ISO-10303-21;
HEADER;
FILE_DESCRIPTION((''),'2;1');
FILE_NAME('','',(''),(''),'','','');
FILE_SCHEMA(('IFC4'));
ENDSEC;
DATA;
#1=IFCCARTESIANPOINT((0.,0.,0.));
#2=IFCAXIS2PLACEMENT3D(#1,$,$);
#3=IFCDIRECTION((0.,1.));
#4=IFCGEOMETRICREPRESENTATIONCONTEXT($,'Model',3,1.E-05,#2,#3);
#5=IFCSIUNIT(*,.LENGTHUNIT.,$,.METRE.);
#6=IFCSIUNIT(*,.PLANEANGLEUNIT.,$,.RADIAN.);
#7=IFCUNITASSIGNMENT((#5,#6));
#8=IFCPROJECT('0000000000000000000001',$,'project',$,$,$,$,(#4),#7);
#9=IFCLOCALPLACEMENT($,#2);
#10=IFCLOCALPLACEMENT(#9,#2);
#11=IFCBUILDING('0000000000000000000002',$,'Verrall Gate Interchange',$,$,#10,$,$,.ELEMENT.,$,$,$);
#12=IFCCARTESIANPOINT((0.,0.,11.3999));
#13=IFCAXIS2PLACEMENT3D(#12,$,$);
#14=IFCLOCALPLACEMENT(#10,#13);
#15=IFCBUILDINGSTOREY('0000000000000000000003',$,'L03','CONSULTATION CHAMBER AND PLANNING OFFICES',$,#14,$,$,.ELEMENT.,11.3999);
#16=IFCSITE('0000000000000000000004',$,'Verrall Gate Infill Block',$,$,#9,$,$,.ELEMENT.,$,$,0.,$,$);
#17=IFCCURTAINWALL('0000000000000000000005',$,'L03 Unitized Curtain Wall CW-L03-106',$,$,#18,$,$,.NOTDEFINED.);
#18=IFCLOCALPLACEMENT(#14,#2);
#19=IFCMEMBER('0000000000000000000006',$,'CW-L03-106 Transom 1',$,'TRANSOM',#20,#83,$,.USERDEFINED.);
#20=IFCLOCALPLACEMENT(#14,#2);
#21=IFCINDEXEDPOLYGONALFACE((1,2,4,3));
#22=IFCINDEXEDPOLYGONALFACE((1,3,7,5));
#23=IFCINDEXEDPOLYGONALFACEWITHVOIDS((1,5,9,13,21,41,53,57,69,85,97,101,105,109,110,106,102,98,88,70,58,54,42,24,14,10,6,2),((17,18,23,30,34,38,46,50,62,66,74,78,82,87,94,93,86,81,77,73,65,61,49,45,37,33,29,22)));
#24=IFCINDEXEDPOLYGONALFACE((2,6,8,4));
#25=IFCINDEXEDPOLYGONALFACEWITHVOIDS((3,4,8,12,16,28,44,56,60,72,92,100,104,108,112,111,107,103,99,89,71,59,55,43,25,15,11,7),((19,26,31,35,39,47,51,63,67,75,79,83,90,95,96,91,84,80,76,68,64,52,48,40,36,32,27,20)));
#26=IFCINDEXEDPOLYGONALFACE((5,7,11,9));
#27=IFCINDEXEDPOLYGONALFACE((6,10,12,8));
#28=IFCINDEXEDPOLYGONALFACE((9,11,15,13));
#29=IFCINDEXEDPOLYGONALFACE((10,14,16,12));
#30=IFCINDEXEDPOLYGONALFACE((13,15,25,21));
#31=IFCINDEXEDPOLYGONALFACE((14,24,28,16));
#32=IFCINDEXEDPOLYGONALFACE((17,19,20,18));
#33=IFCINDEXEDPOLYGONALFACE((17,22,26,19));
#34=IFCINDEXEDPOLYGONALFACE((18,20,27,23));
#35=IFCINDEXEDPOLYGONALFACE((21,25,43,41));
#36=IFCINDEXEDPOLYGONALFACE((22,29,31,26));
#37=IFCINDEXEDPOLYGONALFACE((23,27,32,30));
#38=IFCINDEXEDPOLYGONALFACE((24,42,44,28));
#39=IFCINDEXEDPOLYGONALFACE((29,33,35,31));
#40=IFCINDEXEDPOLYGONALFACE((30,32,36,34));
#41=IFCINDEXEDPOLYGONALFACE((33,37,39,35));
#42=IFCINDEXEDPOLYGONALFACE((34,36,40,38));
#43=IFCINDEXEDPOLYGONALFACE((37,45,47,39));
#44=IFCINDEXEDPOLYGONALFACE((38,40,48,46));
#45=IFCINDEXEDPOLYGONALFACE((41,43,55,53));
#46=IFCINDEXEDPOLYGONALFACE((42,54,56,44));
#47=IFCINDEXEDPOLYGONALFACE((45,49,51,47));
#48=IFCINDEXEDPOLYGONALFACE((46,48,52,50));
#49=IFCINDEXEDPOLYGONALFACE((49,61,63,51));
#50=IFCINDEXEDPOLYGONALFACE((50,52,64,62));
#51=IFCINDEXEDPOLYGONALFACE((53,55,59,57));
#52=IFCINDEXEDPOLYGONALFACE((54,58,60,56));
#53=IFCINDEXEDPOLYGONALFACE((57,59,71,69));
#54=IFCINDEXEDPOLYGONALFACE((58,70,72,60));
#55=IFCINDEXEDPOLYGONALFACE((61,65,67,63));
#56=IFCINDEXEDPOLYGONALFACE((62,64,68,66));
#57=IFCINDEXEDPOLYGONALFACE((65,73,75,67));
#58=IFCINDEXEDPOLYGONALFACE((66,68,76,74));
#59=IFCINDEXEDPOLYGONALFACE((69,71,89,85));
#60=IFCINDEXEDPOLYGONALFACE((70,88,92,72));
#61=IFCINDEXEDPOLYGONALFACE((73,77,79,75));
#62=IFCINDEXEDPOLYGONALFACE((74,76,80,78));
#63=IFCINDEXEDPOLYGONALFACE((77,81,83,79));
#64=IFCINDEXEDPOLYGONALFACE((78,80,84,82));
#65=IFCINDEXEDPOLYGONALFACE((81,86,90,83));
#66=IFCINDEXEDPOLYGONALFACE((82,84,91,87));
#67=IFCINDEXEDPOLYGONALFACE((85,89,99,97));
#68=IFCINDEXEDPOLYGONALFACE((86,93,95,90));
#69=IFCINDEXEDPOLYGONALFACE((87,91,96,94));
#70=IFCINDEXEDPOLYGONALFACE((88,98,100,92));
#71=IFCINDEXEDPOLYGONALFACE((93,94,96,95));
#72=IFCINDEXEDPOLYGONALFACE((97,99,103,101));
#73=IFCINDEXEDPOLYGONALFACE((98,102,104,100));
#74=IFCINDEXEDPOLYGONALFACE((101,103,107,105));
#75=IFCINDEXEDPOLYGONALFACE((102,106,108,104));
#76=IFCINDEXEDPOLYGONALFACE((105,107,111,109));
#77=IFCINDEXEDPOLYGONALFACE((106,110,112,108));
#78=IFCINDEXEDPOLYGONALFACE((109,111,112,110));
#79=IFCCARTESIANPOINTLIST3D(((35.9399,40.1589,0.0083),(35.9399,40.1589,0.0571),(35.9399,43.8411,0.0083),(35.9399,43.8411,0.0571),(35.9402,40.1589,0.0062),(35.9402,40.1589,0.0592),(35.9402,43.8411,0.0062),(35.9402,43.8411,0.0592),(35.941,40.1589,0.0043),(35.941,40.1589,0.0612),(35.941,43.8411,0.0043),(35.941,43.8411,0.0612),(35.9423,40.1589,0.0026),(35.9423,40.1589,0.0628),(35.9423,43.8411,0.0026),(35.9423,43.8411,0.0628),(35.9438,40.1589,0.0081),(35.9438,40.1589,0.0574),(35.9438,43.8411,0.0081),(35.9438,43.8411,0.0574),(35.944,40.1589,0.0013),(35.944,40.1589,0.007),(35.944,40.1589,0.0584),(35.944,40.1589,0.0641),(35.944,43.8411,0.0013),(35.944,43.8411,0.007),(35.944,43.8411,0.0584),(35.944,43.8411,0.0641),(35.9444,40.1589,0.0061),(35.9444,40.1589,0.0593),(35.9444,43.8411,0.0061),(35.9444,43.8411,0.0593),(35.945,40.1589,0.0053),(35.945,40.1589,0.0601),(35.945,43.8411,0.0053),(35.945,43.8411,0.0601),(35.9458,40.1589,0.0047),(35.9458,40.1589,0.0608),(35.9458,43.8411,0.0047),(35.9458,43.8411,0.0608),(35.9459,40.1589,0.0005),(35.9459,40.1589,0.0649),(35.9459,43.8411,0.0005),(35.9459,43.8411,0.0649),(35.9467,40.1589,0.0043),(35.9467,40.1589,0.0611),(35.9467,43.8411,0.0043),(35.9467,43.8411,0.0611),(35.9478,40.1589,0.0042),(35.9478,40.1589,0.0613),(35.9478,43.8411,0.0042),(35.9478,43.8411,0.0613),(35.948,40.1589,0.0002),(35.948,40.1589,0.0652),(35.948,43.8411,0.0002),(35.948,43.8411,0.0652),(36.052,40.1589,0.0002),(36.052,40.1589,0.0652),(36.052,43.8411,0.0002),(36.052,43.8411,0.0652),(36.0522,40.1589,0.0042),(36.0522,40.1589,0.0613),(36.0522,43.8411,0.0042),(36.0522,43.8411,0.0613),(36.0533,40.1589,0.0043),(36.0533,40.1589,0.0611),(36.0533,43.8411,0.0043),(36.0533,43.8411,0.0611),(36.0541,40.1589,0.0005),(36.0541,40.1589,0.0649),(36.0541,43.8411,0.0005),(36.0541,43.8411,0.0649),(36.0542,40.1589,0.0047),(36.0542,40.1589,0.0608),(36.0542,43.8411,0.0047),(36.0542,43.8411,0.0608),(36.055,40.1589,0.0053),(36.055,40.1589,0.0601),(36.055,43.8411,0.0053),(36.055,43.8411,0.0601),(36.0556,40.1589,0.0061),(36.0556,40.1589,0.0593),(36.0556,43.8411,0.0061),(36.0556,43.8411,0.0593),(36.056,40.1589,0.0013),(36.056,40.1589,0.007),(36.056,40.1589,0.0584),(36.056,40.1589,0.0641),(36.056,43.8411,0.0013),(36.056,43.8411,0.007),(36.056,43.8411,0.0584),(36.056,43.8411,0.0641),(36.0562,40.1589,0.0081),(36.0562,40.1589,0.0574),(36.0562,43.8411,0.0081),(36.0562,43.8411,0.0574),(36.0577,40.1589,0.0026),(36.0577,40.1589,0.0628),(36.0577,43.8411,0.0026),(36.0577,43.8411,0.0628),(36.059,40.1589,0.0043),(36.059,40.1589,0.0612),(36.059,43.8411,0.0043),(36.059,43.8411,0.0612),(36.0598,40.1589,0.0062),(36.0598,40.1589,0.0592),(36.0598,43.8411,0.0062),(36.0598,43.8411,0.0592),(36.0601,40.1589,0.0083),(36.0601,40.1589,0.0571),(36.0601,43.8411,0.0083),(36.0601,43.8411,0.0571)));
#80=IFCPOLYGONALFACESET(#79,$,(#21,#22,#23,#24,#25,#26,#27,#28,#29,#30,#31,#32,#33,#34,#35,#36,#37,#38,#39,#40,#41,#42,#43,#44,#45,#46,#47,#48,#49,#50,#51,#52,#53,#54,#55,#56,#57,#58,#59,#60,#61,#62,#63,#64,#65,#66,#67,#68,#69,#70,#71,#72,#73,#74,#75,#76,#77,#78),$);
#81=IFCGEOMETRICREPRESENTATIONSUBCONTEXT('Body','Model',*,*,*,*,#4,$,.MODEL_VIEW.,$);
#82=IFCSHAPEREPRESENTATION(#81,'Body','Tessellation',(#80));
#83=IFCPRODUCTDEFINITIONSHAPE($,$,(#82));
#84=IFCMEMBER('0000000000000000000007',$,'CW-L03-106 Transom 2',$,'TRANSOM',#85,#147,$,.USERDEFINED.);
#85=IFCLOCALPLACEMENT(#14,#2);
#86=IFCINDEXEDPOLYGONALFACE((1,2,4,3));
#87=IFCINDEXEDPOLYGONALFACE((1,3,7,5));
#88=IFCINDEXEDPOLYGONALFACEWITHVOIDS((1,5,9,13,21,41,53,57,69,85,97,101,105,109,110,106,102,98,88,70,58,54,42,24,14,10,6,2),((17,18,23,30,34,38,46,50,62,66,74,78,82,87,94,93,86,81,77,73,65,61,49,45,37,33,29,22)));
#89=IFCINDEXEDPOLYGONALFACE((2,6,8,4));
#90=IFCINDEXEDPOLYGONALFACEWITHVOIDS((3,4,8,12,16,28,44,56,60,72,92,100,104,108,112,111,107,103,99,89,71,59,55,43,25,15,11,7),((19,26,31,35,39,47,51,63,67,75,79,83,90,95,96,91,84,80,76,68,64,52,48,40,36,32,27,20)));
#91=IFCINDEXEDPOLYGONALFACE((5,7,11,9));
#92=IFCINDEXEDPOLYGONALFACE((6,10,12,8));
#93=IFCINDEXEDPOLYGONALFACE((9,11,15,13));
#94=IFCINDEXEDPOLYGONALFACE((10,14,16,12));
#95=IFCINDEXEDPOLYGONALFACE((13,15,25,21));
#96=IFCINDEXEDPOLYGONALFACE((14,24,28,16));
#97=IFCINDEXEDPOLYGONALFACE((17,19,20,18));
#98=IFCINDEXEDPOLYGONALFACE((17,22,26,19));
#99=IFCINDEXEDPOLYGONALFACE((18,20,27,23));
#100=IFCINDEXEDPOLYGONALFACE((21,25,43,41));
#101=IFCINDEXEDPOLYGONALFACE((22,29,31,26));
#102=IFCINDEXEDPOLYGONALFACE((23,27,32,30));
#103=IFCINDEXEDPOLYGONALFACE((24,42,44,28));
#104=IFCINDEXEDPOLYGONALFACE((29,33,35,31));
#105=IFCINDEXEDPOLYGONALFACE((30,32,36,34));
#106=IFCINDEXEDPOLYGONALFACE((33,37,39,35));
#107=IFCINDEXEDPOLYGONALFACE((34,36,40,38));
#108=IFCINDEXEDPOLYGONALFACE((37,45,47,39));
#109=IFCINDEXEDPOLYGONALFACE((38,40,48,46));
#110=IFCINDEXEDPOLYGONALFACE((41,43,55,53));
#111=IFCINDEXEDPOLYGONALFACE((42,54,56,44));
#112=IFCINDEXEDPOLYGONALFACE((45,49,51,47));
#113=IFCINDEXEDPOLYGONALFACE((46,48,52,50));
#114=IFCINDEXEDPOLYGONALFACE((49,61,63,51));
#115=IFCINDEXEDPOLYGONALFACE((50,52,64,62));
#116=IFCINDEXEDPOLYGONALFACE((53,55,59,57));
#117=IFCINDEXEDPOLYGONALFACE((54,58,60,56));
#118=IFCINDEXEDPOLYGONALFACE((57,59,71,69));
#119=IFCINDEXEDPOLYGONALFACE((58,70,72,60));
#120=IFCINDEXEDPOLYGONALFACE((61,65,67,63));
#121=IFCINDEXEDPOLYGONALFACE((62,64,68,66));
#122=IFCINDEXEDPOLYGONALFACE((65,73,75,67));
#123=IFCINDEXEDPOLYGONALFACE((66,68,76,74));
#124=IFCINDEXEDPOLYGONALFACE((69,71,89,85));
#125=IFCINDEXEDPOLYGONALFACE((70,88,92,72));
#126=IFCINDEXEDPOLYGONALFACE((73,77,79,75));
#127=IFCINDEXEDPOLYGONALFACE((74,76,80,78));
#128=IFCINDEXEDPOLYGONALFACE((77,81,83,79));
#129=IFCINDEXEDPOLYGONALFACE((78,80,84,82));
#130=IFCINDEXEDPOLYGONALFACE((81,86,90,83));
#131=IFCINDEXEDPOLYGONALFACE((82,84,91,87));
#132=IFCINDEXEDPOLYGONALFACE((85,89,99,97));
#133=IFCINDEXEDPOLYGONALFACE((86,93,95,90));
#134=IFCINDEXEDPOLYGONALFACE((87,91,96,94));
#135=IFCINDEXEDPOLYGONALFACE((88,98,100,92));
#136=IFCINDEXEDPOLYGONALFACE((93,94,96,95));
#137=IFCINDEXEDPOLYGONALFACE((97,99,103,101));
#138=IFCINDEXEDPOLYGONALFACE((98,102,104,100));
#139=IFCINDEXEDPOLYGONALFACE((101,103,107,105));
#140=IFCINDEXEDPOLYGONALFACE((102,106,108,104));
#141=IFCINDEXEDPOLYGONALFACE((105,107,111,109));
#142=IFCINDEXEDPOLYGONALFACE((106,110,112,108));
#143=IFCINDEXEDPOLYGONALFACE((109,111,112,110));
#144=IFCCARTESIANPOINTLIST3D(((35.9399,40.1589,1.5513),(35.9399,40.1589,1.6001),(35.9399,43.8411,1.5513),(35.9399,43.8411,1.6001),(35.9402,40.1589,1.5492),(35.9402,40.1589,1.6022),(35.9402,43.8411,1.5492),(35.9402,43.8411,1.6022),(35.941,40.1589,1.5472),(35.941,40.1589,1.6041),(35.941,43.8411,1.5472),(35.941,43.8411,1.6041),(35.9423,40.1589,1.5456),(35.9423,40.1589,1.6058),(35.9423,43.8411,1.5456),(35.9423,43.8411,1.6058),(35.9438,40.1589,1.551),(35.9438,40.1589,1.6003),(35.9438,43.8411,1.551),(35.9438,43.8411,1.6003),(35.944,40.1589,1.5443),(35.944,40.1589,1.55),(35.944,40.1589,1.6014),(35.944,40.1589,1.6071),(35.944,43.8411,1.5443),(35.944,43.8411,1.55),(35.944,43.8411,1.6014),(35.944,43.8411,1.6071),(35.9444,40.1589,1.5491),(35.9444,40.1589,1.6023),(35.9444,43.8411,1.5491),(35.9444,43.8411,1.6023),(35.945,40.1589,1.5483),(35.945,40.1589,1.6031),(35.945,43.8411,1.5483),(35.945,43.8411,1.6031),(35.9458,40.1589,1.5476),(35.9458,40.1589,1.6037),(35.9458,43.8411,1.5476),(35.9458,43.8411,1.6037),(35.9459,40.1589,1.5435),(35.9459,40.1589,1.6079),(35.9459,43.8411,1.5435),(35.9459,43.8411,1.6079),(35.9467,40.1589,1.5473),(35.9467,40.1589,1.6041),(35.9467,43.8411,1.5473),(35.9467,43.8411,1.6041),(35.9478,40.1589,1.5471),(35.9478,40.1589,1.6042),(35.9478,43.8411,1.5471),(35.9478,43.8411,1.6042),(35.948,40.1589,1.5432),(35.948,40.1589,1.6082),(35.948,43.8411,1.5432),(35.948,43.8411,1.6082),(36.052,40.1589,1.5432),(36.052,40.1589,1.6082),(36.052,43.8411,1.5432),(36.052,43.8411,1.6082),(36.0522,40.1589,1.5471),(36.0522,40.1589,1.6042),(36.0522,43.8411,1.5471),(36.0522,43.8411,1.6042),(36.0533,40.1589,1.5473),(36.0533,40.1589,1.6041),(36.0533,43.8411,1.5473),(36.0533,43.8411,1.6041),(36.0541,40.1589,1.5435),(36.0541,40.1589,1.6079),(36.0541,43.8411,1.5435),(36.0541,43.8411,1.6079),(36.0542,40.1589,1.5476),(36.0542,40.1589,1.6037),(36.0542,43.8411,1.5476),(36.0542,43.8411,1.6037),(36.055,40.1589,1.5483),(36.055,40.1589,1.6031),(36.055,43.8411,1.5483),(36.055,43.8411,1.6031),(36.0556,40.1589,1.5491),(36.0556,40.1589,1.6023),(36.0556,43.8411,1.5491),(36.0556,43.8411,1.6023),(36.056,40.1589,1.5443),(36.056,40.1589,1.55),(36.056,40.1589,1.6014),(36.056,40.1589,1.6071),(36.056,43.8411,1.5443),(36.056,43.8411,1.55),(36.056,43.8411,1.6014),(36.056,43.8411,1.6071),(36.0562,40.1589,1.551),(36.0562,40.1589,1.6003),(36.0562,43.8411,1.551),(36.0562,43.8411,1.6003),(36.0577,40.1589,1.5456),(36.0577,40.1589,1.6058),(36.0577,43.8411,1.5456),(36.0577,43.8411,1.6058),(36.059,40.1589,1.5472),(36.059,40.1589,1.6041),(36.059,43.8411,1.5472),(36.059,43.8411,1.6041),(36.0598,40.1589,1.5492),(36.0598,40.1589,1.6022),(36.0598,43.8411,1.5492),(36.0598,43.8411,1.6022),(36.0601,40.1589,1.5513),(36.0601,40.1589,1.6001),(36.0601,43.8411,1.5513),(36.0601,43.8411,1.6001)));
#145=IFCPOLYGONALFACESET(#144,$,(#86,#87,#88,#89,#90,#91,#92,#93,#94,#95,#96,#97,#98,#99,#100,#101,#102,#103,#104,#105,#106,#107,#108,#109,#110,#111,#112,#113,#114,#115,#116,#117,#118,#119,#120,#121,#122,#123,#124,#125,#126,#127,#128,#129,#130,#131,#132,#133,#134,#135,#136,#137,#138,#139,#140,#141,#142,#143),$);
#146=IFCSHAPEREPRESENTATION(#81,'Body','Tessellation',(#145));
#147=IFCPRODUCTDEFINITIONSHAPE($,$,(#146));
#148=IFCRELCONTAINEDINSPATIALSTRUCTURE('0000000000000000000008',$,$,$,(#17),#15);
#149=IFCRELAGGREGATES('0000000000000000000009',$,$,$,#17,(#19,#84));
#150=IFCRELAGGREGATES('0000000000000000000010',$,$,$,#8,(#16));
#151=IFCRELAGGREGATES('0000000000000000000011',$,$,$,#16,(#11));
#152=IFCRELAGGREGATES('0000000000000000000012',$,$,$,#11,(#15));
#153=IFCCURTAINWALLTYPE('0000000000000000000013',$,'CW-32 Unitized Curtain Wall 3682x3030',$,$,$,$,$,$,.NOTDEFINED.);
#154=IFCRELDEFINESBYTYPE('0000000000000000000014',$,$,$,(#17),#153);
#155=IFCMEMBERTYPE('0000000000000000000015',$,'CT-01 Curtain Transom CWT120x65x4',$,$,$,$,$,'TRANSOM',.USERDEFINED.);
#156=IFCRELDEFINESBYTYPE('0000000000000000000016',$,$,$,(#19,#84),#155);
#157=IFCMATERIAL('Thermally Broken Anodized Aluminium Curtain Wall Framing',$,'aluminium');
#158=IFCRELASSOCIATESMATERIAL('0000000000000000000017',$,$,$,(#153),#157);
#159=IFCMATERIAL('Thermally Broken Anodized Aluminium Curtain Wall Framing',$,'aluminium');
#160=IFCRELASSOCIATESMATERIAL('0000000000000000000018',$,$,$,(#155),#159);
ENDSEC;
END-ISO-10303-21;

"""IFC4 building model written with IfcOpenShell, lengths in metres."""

from ifc_helpers import new_model, si_unit, direction, frame, origin, origin_2d, place, context, subcontext, project, spatial, hollow_rectangle, extrude, material, material_profile, profile_set, type_object, element, aggregate, save


model = new_model("IFC4")

# Units and contexts
model_context = context("Model", 3, precision=1e-05, world=origin(), true_north=direction((0.0, 1.0)))
body_context = subcontext(model_context, "Body", "Model", "MODEL_VIEW")
ifc_project = project(units=[si_unit("LENGTHUNIT", "METRE"), si_unit("PLANEANGLEUNIT", "RADIAN")], contexts=[model_context])

# Site, building, storey
site_placement = place(None, origin())
site = spatial("IfcSite", under=ifc_project, at=site_placement, Name="Verrall Gate Infill Block", CompositionType="ELEMENT", RefElevation=0.0)
building_placement = place(site_placement, origin())
building = spatial("IfcBuilding", under=site, at=building_placement, Name="Verrall Gate Interchange", CompositionType="ELEMENT")
storey_placement = place(building_placement, frame((0.0, 0.0, 11.3999)))
storey = spatial("IfcBuildingStorey", under=building, at=storey_placement, Name="L03", Description="CONSULTATION CHAMBER AND PLANNING OFFICES", CompositionType="ELEMENT", Elevation=11.3999)

# Curtain wall, members
ifc_material_1 = material(Name="Thermally Broken Anodized Aluminium Curtain Wall Framing", Category="aluminium")
curtain_wall_type = type_object("IfcCurtainWallType", Name="CW-32 Unitized Curtain Wall 3682x3030", PredefinedType="NOTDEFINED", material=ifc_material_1)
curtain_wall_placement = place(storey_placement, origin())
curtain_wall = element("IfcCurtainWall", 1, at=curtain_wall_placement, inside=storey, type_object=curtain_wall_type, Name="L03 Unitized Curtain Wall CW-L03-106", PredefinedType="NOTDEFINED")
ifc_material_2 = material(Name="Thermally Broken Anodized Aluminium Curtain Wall Framing", Category="aluminium")
ifc_material_profile_1 = material_profile(ifc_material_2, hollow_rectangle(XDim=0.1201, YDim=0.0649, WallThickness=0.0039, InnerFilletRadius=0.0039, OuterFilletRadius=0.0081, at=origin_2d()), Name="CWT120x65x4")
ifc_profile_set_1 = profile_set([ifc_material_profile_1], Name="Thermally Broken Anodized Aluminium Curtain Wall Framing")
member_type_1 = type_object("IfcMemberType", Name="CT-01 Curtain Transom CWT120x65x4", ElementType="TRANSOM", PredefinedType="USERDEFINED", material=ifc_profile_set_1)
member_1_placement = place(storey_placement, frame((36.0, 40.1589, 0.0327), z_axis=(0.0, 1.0, 0.0), x_axis=(-1.0, 0.0, 0.0)))
member_1 = element("IfcMember", 2, at=member_1_placement, type_object=member_type_1, Name="CW-L03-106 Transom 1", ObjectType="TRANSOM", PredefinedType="USERDEFINED", context=body_context, shape_type="SweptSolid", body=[
    extrude(hollow_rectangle(XDim=0.1201, YDim=0.0649, WallThickness=0.0039, InnerFilletRadius=0.0039, OuterFilletRadius=0.0081, at=origin_2d()), origin(), (0.0, 0.0, 1.0), 3.6821),
])
member_2_placement = place(storey_placement, frame((36.0, 40.1589, 1.5757), z_axis=(0.0, 1.0, 0.0), x_axis=(-1.0, 0.0, 0.0)))
member_2 = element("IfcMember", 3, at=member_2_placement, type_object=member_type_1, Name="CW-L03-106 Transom 2", ObjectType="TRANSOM", PredefinedType="USERDEFINED", context=body_context, shape_type="SweptSolid", body=[
    extrude(hollow_rectangle(XDim=0.1201, YDim=0.0649, WallThickness=0.0039, InnerFilletRadius=0.0039, OuterFilletRadius=0.0081, at=origin_2d()), origin(), (0.0, 0.0, 1.0), 3.6821),
])

aggregate(curtain_wall, [member_1, member_2])

save(model, "model.ifc")
